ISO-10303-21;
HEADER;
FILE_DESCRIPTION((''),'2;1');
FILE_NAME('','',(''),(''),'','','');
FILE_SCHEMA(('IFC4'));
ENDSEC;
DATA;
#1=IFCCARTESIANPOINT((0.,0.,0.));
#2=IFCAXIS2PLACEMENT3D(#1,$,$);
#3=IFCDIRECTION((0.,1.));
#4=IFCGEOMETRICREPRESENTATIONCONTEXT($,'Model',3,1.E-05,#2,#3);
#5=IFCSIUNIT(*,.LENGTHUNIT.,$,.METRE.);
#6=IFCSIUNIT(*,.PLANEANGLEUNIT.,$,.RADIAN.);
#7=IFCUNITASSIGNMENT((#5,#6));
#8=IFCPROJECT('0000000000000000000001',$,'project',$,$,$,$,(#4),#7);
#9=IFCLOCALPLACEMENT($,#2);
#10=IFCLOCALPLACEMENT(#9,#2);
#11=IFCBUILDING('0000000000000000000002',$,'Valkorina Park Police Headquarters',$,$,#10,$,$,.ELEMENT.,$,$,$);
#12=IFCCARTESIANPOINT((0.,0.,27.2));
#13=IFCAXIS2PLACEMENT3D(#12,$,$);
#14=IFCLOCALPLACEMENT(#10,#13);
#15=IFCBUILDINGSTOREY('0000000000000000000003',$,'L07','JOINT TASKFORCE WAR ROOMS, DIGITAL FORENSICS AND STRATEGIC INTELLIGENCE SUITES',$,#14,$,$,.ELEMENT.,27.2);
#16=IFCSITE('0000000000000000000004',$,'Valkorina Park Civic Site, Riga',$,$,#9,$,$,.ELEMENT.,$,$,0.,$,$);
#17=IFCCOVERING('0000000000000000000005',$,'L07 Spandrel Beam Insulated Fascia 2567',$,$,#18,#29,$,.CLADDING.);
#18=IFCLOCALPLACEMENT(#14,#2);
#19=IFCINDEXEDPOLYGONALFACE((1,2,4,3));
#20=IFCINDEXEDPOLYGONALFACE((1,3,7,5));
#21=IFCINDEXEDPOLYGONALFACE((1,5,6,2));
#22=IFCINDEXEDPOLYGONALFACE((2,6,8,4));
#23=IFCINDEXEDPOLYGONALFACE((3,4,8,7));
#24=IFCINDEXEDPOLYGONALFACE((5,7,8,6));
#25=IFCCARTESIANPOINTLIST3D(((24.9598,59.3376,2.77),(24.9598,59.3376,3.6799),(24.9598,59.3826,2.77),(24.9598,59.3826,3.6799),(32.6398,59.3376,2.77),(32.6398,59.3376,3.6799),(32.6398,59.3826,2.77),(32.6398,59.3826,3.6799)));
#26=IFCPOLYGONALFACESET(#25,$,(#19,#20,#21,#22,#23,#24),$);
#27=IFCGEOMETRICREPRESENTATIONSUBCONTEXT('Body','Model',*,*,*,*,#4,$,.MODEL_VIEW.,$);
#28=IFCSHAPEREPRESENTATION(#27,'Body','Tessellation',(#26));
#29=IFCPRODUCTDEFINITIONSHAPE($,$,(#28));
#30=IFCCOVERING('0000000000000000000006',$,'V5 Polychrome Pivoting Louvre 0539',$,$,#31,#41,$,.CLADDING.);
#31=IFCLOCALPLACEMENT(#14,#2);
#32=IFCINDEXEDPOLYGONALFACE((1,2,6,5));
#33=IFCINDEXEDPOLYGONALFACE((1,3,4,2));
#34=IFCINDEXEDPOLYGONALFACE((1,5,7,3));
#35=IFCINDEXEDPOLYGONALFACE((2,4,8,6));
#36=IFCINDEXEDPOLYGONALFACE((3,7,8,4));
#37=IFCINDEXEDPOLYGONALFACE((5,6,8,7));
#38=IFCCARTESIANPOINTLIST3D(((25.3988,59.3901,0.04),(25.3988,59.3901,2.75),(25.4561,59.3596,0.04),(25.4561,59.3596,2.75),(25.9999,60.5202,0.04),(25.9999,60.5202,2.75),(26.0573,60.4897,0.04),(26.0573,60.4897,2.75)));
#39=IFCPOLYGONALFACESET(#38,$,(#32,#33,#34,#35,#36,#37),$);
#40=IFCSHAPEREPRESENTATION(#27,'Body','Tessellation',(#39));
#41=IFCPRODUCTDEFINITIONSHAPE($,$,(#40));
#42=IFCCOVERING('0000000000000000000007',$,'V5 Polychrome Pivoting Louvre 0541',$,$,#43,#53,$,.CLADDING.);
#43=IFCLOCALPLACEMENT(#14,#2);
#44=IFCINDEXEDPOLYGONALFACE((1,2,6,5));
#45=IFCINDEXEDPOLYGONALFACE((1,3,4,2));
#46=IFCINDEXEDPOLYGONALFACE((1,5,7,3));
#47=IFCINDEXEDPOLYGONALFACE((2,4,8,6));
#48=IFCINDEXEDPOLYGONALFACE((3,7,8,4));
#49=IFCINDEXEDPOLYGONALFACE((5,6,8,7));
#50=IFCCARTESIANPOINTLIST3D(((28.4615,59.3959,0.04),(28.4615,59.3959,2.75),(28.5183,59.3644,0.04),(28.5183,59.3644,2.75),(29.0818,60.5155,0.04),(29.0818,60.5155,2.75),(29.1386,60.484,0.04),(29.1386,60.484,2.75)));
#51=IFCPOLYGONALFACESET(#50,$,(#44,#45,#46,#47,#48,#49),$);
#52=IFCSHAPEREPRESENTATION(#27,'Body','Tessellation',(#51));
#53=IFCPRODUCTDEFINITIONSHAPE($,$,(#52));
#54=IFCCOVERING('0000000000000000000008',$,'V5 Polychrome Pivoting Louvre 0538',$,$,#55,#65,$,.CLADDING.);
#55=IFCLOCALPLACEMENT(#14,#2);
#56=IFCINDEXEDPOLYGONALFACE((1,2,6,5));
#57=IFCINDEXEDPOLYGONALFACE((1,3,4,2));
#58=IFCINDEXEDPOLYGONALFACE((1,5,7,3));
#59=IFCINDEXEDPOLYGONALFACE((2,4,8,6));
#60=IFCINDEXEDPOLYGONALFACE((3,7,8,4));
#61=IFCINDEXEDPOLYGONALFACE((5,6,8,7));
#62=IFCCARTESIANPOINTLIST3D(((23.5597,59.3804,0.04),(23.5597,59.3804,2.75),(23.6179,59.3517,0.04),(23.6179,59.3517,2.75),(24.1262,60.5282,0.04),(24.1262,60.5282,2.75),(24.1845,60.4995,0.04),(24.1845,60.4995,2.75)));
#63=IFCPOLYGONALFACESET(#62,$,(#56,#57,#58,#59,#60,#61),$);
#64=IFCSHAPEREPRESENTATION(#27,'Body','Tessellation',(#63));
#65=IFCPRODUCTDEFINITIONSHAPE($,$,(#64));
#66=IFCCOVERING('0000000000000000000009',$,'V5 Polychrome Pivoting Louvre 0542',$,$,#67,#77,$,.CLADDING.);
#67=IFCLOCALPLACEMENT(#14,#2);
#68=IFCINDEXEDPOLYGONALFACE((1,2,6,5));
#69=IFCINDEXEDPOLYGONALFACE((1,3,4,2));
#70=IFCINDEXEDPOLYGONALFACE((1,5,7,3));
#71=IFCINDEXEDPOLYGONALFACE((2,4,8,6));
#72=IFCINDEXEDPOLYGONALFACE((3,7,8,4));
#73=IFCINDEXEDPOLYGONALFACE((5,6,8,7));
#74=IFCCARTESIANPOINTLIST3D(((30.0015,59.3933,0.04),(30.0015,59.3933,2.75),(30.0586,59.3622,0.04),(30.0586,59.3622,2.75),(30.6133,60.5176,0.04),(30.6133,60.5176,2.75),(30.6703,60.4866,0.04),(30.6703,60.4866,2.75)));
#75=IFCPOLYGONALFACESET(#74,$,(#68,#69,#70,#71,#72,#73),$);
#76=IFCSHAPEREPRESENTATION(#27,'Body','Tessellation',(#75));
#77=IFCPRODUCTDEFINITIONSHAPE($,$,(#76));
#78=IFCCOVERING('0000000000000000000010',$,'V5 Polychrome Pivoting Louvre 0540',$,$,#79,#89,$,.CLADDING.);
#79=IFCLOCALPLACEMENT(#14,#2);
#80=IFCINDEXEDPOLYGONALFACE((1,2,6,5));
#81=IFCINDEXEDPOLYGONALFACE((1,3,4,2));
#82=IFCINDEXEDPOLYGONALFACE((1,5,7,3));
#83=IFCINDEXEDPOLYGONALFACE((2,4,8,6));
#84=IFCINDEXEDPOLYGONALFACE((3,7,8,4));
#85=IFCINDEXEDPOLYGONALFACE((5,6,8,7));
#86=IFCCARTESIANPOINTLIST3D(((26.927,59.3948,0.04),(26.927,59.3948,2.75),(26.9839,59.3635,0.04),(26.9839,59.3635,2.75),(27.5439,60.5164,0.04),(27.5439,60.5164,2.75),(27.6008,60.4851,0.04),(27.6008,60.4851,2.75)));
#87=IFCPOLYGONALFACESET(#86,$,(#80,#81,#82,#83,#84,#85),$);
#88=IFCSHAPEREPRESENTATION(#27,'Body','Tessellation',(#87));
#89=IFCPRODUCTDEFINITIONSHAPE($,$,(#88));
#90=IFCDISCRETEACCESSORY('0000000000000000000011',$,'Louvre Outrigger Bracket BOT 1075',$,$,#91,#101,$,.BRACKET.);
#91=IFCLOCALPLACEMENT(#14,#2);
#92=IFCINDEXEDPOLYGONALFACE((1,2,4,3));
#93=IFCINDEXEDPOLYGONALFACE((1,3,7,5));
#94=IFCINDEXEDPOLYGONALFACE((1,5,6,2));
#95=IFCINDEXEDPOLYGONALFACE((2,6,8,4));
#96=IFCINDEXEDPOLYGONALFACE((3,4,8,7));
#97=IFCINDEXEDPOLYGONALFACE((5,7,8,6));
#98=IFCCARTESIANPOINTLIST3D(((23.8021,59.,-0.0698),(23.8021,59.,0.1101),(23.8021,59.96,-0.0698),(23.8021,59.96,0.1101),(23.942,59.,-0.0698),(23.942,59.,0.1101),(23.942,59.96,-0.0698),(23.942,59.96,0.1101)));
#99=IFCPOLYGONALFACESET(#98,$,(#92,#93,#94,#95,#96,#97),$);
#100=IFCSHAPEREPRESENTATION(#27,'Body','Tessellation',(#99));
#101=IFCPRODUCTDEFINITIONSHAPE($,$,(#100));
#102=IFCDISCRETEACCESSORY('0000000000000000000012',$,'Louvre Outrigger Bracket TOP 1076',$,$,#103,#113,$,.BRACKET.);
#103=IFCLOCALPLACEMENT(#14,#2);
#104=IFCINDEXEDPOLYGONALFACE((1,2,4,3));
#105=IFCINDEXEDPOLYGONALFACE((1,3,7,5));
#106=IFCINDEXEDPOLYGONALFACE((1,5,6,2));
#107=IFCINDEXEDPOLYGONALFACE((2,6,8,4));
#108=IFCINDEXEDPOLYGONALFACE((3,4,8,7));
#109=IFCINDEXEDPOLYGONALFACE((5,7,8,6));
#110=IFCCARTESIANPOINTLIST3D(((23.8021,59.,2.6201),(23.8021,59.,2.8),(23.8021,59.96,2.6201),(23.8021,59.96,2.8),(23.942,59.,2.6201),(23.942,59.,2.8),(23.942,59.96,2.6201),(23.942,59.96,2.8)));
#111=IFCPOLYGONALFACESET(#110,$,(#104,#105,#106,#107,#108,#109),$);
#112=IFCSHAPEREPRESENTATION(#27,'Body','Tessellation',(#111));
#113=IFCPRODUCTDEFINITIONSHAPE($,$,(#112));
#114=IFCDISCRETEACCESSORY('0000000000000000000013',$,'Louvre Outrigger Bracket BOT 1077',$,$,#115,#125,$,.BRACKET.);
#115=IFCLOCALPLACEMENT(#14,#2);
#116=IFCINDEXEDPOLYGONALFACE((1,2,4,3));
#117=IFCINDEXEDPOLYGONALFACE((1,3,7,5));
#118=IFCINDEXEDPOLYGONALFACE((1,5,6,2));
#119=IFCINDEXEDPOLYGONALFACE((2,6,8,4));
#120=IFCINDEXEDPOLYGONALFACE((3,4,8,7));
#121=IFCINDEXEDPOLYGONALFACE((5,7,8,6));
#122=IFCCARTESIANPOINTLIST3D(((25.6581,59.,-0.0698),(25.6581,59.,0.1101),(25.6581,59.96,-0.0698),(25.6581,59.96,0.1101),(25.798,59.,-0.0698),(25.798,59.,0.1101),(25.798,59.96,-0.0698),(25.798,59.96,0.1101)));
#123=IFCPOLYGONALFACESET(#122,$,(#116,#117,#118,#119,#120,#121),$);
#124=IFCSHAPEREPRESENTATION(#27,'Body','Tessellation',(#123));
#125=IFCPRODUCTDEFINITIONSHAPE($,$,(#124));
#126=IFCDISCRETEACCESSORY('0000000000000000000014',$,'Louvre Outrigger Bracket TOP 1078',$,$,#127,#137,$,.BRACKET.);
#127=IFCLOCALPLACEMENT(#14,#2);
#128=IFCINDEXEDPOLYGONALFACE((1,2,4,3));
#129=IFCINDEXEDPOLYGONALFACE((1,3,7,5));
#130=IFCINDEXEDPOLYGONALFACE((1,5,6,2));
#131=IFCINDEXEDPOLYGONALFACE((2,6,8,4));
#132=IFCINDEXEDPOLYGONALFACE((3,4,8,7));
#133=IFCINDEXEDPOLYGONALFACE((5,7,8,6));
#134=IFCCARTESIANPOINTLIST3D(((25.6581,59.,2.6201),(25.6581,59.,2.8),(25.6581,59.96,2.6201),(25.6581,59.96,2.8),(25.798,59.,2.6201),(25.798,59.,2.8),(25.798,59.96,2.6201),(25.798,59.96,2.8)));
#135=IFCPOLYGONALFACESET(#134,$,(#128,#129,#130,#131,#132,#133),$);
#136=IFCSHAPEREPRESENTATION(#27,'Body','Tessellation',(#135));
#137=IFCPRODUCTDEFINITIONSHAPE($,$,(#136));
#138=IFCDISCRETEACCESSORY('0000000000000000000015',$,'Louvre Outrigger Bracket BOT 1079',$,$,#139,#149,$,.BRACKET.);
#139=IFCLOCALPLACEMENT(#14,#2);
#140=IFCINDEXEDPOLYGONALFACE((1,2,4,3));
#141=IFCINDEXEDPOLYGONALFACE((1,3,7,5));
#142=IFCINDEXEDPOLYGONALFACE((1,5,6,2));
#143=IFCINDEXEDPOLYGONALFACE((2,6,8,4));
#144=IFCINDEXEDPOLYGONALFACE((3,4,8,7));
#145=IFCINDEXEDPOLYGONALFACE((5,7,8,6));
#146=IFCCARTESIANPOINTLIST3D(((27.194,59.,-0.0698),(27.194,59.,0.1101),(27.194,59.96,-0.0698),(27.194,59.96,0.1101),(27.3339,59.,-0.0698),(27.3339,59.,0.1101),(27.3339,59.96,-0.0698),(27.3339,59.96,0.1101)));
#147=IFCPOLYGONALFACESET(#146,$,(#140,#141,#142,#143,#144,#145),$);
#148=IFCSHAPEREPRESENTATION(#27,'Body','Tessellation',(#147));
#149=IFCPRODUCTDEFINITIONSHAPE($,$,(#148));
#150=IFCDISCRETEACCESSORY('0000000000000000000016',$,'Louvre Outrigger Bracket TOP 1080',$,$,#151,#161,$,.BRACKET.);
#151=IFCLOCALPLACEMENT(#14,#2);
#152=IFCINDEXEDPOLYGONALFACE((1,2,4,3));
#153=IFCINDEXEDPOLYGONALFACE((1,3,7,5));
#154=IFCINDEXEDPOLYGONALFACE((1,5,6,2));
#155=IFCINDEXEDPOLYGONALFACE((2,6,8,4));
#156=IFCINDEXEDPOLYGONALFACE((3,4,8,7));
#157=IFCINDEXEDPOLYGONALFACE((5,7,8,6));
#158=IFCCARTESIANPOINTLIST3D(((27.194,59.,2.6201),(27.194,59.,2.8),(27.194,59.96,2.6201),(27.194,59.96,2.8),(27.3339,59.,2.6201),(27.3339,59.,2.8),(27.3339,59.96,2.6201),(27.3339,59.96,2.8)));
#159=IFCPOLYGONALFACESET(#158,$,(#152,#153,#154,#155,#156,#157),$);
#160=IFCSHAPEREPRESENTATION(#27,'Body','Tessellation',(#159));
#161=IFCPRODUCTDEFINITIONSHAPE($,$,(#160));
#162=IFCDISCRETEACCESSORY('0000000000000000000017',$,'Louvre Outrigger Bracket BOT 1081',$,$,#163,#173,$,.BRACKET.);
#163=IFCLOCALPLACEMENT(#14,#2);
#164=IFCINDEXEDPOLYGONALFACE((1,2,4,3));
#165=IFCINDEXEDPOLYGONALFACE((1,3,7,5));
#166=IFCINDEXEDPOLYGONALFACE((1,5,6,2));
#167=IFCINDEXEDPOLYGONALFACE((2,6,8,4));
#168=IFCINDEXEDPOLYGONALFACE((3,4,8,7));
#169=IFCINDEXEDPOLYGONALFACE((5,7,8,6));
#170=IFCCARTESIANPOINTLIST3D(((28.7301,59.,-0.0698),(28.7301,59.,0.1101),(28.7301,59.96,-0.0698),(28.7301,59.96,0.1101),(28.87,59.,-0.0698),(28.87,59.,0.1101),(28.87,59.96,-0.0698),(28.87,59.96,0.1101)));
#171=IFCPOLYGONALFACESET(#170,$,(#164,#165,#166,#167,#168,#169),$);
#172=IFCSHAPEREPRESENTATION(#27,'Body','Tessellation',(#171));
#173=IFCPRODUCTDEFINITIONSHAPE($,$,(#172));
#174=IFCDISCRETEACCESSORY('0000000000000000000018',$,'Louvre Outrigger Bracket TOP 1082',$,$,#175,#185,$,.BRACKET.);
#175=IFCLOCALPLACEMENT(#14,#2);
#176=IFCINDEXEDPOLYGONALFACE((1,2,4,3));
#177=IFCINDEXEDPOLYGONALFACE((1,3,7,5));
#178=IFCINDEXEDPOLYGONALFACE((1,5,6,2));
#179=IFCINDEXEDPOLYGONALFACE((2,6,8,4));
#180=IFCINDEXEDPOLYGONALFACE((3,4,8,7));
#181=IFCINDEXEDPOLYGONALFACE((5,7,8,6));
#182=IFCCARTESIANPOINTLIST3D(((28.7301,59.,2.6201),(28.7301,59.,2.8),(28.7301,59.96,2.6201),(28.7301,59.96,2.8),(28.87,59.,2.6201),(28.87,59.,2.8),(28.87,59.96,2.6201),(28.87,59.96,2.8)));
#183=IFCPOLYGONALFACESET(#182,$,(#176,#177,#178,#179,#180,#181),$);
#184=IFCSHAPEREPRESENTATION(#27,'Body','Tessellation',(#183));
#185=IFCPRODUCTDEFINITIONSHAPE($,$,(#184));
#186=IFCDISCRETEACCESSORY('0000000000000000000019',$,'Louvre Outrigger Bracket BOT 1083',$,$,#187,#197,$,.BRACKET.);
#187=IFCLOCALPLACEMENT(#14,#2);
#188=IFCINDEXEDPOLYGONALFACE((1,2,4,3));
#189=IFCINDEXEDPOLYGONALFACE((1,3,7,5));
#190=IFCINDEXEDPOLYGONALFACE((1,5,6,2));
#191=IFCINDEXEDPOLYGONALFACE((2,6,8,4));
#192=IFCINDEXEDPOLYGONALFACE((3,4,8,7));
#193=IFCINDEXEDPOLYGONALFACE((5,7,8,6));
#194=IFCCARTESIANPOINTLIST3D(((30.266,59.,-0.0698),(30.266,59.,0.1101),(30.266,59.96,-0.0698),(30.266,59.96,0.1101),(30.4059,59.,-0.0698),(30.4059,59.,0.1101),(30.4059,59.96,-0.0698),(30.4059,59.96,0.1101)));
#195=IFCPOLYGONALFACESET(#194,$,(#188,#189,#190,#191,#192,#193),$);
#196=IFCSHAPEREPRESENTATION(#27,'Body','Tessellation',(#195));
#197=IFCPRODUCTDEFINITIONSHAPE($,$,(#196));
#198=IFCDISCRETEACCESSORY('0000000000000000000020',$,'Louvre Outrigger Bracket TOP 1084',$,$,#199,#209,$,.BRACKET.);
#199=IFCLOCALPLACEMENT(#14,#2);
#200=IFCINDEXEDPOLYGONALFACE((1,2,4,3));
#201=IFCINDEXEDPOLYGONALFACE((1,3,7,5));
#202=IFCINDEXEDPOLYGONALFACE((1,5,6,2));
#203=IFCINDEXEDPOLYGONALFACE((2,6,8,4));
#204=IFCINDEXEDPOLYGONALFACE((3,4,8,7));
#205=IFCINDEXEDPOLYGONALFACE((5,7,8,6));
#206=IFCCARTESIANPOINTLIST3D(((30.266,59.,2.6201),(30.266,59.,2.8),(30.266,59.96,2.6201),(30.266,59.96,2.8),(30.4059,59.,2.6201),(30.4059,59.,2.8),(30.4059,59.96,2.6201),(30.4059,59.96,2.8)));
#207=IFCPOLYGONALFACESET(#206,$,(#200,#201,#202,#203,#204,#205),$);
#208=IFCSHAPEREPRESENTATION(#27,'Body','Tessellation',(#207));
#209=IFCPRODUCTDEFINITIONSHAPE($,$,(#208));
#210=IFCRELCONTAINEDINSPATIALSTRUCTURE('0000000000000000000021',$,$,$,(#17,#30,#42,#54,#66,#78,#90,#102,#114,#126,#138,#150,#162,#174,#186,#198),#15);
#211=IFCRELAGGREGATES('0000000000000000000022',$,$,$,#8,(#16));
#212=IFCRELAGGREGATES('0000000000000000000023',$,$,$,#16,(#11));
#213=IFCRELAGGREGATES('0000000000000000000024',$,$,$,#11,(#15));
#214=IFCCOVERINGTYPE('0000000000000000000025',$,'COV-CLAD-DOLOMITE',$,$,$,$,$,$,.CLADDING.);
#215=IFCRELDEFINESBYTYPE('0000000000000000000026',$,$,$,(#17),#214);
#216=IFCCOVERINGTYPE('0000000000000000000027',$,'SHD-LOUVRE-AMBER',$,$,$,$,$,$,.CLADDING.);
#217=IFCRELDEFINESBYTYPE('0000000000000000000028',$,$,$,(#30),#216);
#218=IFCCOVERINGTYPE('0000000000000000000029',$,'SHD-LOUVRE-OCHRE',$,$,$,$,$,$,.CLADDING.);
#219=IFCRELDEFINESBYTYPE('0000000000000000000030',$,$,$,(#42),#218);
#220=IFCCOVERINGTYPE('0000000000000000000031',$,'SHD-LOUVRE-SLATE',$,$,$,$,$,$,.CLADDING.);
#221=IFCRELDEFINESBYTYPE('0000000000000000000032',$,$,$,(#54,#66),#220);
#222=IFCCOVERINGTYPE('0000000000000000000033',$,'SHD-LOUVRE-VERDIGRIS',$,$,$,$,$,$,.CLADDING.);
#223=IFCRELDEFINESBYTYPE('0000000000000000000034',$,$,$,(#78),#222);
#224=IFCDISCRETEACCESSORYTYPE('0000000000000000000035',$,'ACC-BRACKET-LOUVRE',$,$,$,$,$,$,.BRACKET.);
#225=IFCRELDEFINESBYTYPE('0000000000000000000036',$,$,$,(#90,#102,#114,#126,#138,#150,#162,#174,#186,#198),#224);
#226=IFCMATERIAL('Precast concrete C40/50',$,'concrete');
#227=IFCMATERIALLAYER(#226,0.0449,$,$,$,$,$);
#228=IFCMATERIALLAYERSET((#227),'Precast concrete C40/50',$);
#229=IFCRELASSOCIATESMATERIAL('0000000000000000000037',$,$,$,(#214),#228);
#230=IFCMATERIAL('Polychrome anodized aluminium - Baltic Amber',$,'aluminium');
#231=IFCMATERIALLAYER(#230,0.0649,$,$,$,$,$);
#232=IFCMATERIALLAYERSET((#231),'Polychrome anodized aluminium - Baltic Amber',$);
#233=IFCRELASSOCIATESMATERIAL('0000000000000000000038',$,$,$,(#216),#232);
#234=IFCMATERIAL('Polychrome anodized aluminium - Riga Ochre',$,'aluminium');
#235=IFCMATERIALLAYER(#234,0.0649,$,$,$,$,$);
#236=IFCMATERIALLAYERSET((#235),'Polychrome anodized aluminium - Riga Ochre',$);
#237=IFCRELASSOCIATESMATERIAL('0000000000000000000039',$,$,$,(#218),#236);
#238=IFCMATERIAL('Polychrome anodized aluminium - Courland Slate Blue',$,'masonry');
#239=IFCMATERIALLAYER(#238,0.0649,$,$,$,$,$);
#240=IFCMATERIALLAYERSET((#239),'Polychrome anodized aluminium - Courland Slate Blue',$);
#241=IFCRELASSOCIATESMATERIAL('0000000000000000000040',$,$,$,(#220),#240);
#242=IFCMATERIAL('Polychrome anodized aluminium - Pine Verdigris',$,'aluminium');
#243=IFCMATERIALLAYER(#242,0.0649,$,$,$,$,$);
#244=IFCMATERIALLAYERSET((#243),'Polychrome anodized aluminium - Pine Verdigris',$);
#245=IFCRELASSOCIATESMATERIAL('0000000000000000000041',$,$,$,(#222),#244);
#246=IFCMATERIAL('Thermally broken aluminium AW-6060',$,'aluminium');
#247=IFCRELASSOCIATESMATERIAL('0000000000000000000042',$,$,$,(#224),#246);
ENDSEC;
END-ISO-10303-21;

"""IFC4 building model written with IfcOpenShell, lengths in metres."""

from ifc_helpers import new_model, si_unit, direction, frame, frame_2d, origin, origin_2d, place, context, subcontext, project, spatial, rectangle, extrude, material, layer, layer_set, type_object, element, save


model = new_model("IFC4")

# Units and contexts
model_context = context("Model", 3, precision=1e-05, world=origin(), true_north=direction((0.0, 1.0)))
body_context = subcontext(model_context, "Body", "Model", "MODEL_VIEW")
ifc_project = project(units=[si_unit("LENGTHUNIT", "METRE"), si_unit("PLANEANGLEUNIT", "RADIAN")], contexts=[model_context])

# Site, building, storey
site_placement = place(None, origin())
site = spatial("IfcSite", under=ifc_project, at=site_placement, Name="Valkorina Park Civic Site, Riga", CompositionType="ELEMENT", RefElevation=0.0)
building_placement = place(site_placement, origin())
building = spatial("IfcBuilding", under=site, at=building_placement, Name="Valkorina Park Police Headquarters", CompositionType="ELEMENT")
storey_placement = place(building_placement, frame((0.0, 0.0, 27.2)))
storey = spatial("IfcBuildingStorey", under=building, at=storey_placement, Name="L07", Description="JOINT TASKFORCE WAR ROOMS, DIGITAL FORENSICS AND STRATEGIC INTELLIGENCE SUITES", CompositionType="ELEMENT", Elevation=27.2)

# Shared definitions
ifc_material_1 = material(Name="Thermally broken aluminium AW-6060", Category="aluminium")

# Coverings
ifc_material_2 = material(Name="Precast concrete C40/50", Category="concrete")
ifc_layer_1 = layer(ifc_material_2, 0.0449)
ifc_layer_set_1 = layer_set([ifc_layer_1], Name="Precast concrete C40/50")
covering_type_1 = type_object("IfcCoveringType", Name="COV-CLAD-DOLOMITE", PredefinedType="CLADDING", material=ifc_layer_set_1)
covering_1_placement = place(storey_placement, frame((24.96, 59.3601, 2.77), z_axis=(0.0, 0.0, 1.0), x_axis=(1.0, 0.0, 0.0)))
element("IfcCovering", 1, at=covering_1_placement, inside=storey, type_object=covering_type_1, Name="L07 Spandrel Beam Insulated Fascia 2567", PredefinedType="CLADDING", context=body_context, shape_type="SweptSolid", body=[
    extrude(rectangle(XDim=7.6799, YDim=0.0449, at=frame_2d((3.8398, 0.0))), origin(), (0.0, 0.0, 1.0), 0.9099),
])
ifc_material_3 = material(Name="Polychrome anodized aluminium - Baltic Amber", Category="aluminium")
ifc_layer_2 = layer(ifc_material_3, 0.0649)
ifc_layer_set_2 = layer_set([ifc_layer_2], Name="Polychrome anodized aluminium - Baltic Amber")
covering_type_2 = type_object("IfcCoveringType", Name="SHD-LOUVRE-AMBER", PredefinedType="CLADDING", material=ifc_layer_set_2)
covering_2_placement = place(storey_placement, frame((25.728, 59.9399, 0.04), z_axis=(0.0, 0.0, 1.0), x_axis=(0.469626, 0.882866, 0.0)))
element("IfcCovering", 2, at=covering_2_placement, inside=storey, type_object=covering_type_2, Name="V5 Polychrome Pivoting Louvre 0539", PredefinedType="CLADDING", context=body_context, shape_type="SweptSolid", body=[
    extrude(rectangle(XDim=1.28, YDim=0.0649, at=origin_2d()), origin(), (0.0, 0.0, 1.0), 2.71),
])
ifc_material_4 = material(Name="Polychrome anodized aluminium - Riga Ochre", Category="aluminium")
ifc_layer_3 = layer(ifc_material_4, 0.0649)
ifc_layer_set_3 = layer_set([ifc_layer_3], Name="Polychrome anodized aluminium - Riga Ochre")
covering_type_3 = type_object("IfcCoveringType", Name="SHD-LOUVRE-OCHRE", PredefinedType="CLADDING", material=ifc_layer_set_3)
covering_3_placement = place(storey_placement, frame((28.8, 59.9399, 0.04), z_axis=(0.0, 0.0, 1.0), x_axis=(0.484657, 0.874704, 0.0)))
element("IfcCovering", 3, at=covering_3_placement, inside=storey, type_object=covering_type_3, Name="V5 Polychrome Pivoting Louvre 0541", PredefinedType="CLADDING", context=body_context, shape_type="SweptSolid", body=[
    extrude(rectangle(XDim=1.28, YDim=0.0649, at=origin_2d()), origin(), (0.0, 0.0, 1.0), 2.71),
])
ifc_material_5 = material(Name="Polychrome anodized aluminium - Courland Slate Blue", Category="masonry")
ifc_layer_4 = layer(ifc_material_5, 0.0649)
ifc_layer_set_4 = layer_set([ifc_layer_4], Name="Polychrome anodized aluminium - Courland Slate Blue")
covering_type_4 = type_object("IfcCoveringType", Name="SHD-LOUVRE-SLATE", PredefinedType="CLADDING", material=ifc_layer_set_4)
for number, where, z_axis, x_axis, name in (
    (4, (23.8721, 59.9399, 0.04), (0.0, 0.0, 1.0), (0.442602, 0.896718, 0.0), "V5 Polychrome Pivoting Louvre 0538"),
    (5, (30.3359, 59.9399, 0.04), (0.0, 0.0, 1.0), (0.477925, 0.8784, 0.0), "V5 Polychrome Pivoting Louvre 0542"),
):
    element("IfcCovering", number, at=place(storey_placement, frame(where, z_axis=z_axis, x_axis=x_axis)), inside=storey, type_object=covering_type_4, Name=name, PredefinedType="CLADDING", context=body_context, shape_type="SweptSolid", body=[
        extrude(rectangle(XDim=1.28, YDim=0.0649, at=origin_2d()), origin(), (0.0, 0.0, 1.0), 2.71),
    ])
ifc_material_6 = material(Name="Polychrome anodized aluminium - Pine Verdigris", Category="aluminium")
ifc_layer_5 = layer(ifc_material_6, 0.0649)
ifc_layer_set_5 = layer_set([ifc_layer_5], Name="Polychrome anodized aluminium - Pine Verdigris")
covering_type_5 = type_object("IfcCoveringType", Name="SHD-LOUVRE-VERDIGRIS", PredefinedType="CLADDING", material=ifc_layer_set_5)
covering_4_placement = place(storey_placement, frame((27.2639, 59.9399, 0.04), z_axis=(0.0, 0.0, 1.0), x_axis=(0.481907, 0.876223, 0.0)))
element("IfcCovering", 6, at=covering_4_placement, inside=storey, type_object=covering_type_5, Name="V5 Polychrome Pivoting Louvre 0540", PredefinedType="CLADDING", context=body_context, shape_type="SweptSolid", body=[
    extrude(rectangle(XDim=1.28, YDim=0.0649, at=origin_2d()), origin(), (0.0, 0.0, 1.0), 2.71),
])

# Discrete accessories
discrete_accessory_type = type_object("IfcDiscreteAccessoryType", Name="ACC-BRACKET-LOUVRE", PredefinedType="BRACKET", material=ifc_material_1)
for number, where, z_axis, x_axis, name in (
    (7, (23.8721, 59.48, -0.0698), (0.0, 0.0, 1.0), (0.0, 1.0, 0.0), "Louvre Outrigger Bracket BOT 1075"),
    (8, (23.8721, 59.48, 2.6201), (0.0, 0.0, 1.0), (0.0, 1.0, 0.0), "Louvre Outrigger Bracket TOP 1076"),
    (9, (25.728, 59.48, -0.0698), (0.0, 0.0, 1.0), (0.0, 1.0, 0.0), "Louvre Outrigger Bracket BOT 1077"),
    (10, (25.728, 59.48, 2.6201), (0.0, 0.0, 1.0), (0.0, 1.0, 0.0), "Louvre Outrigger Bracket TOP 1078"),
    (11, (27.2639, 59.48, -0.0698), (0.0, 0.0, 1.0), (0.0, 1.0, 0.0), "Louvre Outrigger Bracket BOT 1079"),
    (12, (27.2639, 59.48, 2.6201), (0.0, 0.0, 1.0), (0.0, 1.0, 0.0), "Louvre Outrigger Bracket TOP 1080"),
    (13, (28.8, 59.48, -0.0698), (0.0, 0.0, 1.0), (0.0, 1.0, 0.0), "Louvre Outrigger Bracket BOT 1081"),
    (14, (28.8, 59.48, 2.6201), (0.0, 0.0, 1.0), (0.0, 1.0, 0.0), "Louvre Outrigger Bracket TOP 1082"),
    (15, (30.3359, 59.48, -0.0698), (0.0, 0.0, 1.0), (0.0, 1.0, 0.0), "Louvre Outrigger Bracket BOT 1083"),
    (16, (30.3359, 59.48, 2.6201), (0.0, 0.0, 1.0), (0.0, 1.0, 0.0), "Louvre Outrigger Bracket TOP 1084"),
):
    element("IfcDiscreteAccessory", number, at=place(storey_placement, frame(where, z_axis=z_axis, x_axis=x_axis)), inside=storey, type_object=discrete_accessory_type, Name=name, PredefinedType="BRACKET", context=body_context, shape_type="SweptSolid", body=[
        extrude(rectangle(XDim=0.96, YDim=0.1399, at=origin_2d()), origin(), (0.0, 0.0, 1.0), 0.1799),
    ])

save(model, "model.ifc")
